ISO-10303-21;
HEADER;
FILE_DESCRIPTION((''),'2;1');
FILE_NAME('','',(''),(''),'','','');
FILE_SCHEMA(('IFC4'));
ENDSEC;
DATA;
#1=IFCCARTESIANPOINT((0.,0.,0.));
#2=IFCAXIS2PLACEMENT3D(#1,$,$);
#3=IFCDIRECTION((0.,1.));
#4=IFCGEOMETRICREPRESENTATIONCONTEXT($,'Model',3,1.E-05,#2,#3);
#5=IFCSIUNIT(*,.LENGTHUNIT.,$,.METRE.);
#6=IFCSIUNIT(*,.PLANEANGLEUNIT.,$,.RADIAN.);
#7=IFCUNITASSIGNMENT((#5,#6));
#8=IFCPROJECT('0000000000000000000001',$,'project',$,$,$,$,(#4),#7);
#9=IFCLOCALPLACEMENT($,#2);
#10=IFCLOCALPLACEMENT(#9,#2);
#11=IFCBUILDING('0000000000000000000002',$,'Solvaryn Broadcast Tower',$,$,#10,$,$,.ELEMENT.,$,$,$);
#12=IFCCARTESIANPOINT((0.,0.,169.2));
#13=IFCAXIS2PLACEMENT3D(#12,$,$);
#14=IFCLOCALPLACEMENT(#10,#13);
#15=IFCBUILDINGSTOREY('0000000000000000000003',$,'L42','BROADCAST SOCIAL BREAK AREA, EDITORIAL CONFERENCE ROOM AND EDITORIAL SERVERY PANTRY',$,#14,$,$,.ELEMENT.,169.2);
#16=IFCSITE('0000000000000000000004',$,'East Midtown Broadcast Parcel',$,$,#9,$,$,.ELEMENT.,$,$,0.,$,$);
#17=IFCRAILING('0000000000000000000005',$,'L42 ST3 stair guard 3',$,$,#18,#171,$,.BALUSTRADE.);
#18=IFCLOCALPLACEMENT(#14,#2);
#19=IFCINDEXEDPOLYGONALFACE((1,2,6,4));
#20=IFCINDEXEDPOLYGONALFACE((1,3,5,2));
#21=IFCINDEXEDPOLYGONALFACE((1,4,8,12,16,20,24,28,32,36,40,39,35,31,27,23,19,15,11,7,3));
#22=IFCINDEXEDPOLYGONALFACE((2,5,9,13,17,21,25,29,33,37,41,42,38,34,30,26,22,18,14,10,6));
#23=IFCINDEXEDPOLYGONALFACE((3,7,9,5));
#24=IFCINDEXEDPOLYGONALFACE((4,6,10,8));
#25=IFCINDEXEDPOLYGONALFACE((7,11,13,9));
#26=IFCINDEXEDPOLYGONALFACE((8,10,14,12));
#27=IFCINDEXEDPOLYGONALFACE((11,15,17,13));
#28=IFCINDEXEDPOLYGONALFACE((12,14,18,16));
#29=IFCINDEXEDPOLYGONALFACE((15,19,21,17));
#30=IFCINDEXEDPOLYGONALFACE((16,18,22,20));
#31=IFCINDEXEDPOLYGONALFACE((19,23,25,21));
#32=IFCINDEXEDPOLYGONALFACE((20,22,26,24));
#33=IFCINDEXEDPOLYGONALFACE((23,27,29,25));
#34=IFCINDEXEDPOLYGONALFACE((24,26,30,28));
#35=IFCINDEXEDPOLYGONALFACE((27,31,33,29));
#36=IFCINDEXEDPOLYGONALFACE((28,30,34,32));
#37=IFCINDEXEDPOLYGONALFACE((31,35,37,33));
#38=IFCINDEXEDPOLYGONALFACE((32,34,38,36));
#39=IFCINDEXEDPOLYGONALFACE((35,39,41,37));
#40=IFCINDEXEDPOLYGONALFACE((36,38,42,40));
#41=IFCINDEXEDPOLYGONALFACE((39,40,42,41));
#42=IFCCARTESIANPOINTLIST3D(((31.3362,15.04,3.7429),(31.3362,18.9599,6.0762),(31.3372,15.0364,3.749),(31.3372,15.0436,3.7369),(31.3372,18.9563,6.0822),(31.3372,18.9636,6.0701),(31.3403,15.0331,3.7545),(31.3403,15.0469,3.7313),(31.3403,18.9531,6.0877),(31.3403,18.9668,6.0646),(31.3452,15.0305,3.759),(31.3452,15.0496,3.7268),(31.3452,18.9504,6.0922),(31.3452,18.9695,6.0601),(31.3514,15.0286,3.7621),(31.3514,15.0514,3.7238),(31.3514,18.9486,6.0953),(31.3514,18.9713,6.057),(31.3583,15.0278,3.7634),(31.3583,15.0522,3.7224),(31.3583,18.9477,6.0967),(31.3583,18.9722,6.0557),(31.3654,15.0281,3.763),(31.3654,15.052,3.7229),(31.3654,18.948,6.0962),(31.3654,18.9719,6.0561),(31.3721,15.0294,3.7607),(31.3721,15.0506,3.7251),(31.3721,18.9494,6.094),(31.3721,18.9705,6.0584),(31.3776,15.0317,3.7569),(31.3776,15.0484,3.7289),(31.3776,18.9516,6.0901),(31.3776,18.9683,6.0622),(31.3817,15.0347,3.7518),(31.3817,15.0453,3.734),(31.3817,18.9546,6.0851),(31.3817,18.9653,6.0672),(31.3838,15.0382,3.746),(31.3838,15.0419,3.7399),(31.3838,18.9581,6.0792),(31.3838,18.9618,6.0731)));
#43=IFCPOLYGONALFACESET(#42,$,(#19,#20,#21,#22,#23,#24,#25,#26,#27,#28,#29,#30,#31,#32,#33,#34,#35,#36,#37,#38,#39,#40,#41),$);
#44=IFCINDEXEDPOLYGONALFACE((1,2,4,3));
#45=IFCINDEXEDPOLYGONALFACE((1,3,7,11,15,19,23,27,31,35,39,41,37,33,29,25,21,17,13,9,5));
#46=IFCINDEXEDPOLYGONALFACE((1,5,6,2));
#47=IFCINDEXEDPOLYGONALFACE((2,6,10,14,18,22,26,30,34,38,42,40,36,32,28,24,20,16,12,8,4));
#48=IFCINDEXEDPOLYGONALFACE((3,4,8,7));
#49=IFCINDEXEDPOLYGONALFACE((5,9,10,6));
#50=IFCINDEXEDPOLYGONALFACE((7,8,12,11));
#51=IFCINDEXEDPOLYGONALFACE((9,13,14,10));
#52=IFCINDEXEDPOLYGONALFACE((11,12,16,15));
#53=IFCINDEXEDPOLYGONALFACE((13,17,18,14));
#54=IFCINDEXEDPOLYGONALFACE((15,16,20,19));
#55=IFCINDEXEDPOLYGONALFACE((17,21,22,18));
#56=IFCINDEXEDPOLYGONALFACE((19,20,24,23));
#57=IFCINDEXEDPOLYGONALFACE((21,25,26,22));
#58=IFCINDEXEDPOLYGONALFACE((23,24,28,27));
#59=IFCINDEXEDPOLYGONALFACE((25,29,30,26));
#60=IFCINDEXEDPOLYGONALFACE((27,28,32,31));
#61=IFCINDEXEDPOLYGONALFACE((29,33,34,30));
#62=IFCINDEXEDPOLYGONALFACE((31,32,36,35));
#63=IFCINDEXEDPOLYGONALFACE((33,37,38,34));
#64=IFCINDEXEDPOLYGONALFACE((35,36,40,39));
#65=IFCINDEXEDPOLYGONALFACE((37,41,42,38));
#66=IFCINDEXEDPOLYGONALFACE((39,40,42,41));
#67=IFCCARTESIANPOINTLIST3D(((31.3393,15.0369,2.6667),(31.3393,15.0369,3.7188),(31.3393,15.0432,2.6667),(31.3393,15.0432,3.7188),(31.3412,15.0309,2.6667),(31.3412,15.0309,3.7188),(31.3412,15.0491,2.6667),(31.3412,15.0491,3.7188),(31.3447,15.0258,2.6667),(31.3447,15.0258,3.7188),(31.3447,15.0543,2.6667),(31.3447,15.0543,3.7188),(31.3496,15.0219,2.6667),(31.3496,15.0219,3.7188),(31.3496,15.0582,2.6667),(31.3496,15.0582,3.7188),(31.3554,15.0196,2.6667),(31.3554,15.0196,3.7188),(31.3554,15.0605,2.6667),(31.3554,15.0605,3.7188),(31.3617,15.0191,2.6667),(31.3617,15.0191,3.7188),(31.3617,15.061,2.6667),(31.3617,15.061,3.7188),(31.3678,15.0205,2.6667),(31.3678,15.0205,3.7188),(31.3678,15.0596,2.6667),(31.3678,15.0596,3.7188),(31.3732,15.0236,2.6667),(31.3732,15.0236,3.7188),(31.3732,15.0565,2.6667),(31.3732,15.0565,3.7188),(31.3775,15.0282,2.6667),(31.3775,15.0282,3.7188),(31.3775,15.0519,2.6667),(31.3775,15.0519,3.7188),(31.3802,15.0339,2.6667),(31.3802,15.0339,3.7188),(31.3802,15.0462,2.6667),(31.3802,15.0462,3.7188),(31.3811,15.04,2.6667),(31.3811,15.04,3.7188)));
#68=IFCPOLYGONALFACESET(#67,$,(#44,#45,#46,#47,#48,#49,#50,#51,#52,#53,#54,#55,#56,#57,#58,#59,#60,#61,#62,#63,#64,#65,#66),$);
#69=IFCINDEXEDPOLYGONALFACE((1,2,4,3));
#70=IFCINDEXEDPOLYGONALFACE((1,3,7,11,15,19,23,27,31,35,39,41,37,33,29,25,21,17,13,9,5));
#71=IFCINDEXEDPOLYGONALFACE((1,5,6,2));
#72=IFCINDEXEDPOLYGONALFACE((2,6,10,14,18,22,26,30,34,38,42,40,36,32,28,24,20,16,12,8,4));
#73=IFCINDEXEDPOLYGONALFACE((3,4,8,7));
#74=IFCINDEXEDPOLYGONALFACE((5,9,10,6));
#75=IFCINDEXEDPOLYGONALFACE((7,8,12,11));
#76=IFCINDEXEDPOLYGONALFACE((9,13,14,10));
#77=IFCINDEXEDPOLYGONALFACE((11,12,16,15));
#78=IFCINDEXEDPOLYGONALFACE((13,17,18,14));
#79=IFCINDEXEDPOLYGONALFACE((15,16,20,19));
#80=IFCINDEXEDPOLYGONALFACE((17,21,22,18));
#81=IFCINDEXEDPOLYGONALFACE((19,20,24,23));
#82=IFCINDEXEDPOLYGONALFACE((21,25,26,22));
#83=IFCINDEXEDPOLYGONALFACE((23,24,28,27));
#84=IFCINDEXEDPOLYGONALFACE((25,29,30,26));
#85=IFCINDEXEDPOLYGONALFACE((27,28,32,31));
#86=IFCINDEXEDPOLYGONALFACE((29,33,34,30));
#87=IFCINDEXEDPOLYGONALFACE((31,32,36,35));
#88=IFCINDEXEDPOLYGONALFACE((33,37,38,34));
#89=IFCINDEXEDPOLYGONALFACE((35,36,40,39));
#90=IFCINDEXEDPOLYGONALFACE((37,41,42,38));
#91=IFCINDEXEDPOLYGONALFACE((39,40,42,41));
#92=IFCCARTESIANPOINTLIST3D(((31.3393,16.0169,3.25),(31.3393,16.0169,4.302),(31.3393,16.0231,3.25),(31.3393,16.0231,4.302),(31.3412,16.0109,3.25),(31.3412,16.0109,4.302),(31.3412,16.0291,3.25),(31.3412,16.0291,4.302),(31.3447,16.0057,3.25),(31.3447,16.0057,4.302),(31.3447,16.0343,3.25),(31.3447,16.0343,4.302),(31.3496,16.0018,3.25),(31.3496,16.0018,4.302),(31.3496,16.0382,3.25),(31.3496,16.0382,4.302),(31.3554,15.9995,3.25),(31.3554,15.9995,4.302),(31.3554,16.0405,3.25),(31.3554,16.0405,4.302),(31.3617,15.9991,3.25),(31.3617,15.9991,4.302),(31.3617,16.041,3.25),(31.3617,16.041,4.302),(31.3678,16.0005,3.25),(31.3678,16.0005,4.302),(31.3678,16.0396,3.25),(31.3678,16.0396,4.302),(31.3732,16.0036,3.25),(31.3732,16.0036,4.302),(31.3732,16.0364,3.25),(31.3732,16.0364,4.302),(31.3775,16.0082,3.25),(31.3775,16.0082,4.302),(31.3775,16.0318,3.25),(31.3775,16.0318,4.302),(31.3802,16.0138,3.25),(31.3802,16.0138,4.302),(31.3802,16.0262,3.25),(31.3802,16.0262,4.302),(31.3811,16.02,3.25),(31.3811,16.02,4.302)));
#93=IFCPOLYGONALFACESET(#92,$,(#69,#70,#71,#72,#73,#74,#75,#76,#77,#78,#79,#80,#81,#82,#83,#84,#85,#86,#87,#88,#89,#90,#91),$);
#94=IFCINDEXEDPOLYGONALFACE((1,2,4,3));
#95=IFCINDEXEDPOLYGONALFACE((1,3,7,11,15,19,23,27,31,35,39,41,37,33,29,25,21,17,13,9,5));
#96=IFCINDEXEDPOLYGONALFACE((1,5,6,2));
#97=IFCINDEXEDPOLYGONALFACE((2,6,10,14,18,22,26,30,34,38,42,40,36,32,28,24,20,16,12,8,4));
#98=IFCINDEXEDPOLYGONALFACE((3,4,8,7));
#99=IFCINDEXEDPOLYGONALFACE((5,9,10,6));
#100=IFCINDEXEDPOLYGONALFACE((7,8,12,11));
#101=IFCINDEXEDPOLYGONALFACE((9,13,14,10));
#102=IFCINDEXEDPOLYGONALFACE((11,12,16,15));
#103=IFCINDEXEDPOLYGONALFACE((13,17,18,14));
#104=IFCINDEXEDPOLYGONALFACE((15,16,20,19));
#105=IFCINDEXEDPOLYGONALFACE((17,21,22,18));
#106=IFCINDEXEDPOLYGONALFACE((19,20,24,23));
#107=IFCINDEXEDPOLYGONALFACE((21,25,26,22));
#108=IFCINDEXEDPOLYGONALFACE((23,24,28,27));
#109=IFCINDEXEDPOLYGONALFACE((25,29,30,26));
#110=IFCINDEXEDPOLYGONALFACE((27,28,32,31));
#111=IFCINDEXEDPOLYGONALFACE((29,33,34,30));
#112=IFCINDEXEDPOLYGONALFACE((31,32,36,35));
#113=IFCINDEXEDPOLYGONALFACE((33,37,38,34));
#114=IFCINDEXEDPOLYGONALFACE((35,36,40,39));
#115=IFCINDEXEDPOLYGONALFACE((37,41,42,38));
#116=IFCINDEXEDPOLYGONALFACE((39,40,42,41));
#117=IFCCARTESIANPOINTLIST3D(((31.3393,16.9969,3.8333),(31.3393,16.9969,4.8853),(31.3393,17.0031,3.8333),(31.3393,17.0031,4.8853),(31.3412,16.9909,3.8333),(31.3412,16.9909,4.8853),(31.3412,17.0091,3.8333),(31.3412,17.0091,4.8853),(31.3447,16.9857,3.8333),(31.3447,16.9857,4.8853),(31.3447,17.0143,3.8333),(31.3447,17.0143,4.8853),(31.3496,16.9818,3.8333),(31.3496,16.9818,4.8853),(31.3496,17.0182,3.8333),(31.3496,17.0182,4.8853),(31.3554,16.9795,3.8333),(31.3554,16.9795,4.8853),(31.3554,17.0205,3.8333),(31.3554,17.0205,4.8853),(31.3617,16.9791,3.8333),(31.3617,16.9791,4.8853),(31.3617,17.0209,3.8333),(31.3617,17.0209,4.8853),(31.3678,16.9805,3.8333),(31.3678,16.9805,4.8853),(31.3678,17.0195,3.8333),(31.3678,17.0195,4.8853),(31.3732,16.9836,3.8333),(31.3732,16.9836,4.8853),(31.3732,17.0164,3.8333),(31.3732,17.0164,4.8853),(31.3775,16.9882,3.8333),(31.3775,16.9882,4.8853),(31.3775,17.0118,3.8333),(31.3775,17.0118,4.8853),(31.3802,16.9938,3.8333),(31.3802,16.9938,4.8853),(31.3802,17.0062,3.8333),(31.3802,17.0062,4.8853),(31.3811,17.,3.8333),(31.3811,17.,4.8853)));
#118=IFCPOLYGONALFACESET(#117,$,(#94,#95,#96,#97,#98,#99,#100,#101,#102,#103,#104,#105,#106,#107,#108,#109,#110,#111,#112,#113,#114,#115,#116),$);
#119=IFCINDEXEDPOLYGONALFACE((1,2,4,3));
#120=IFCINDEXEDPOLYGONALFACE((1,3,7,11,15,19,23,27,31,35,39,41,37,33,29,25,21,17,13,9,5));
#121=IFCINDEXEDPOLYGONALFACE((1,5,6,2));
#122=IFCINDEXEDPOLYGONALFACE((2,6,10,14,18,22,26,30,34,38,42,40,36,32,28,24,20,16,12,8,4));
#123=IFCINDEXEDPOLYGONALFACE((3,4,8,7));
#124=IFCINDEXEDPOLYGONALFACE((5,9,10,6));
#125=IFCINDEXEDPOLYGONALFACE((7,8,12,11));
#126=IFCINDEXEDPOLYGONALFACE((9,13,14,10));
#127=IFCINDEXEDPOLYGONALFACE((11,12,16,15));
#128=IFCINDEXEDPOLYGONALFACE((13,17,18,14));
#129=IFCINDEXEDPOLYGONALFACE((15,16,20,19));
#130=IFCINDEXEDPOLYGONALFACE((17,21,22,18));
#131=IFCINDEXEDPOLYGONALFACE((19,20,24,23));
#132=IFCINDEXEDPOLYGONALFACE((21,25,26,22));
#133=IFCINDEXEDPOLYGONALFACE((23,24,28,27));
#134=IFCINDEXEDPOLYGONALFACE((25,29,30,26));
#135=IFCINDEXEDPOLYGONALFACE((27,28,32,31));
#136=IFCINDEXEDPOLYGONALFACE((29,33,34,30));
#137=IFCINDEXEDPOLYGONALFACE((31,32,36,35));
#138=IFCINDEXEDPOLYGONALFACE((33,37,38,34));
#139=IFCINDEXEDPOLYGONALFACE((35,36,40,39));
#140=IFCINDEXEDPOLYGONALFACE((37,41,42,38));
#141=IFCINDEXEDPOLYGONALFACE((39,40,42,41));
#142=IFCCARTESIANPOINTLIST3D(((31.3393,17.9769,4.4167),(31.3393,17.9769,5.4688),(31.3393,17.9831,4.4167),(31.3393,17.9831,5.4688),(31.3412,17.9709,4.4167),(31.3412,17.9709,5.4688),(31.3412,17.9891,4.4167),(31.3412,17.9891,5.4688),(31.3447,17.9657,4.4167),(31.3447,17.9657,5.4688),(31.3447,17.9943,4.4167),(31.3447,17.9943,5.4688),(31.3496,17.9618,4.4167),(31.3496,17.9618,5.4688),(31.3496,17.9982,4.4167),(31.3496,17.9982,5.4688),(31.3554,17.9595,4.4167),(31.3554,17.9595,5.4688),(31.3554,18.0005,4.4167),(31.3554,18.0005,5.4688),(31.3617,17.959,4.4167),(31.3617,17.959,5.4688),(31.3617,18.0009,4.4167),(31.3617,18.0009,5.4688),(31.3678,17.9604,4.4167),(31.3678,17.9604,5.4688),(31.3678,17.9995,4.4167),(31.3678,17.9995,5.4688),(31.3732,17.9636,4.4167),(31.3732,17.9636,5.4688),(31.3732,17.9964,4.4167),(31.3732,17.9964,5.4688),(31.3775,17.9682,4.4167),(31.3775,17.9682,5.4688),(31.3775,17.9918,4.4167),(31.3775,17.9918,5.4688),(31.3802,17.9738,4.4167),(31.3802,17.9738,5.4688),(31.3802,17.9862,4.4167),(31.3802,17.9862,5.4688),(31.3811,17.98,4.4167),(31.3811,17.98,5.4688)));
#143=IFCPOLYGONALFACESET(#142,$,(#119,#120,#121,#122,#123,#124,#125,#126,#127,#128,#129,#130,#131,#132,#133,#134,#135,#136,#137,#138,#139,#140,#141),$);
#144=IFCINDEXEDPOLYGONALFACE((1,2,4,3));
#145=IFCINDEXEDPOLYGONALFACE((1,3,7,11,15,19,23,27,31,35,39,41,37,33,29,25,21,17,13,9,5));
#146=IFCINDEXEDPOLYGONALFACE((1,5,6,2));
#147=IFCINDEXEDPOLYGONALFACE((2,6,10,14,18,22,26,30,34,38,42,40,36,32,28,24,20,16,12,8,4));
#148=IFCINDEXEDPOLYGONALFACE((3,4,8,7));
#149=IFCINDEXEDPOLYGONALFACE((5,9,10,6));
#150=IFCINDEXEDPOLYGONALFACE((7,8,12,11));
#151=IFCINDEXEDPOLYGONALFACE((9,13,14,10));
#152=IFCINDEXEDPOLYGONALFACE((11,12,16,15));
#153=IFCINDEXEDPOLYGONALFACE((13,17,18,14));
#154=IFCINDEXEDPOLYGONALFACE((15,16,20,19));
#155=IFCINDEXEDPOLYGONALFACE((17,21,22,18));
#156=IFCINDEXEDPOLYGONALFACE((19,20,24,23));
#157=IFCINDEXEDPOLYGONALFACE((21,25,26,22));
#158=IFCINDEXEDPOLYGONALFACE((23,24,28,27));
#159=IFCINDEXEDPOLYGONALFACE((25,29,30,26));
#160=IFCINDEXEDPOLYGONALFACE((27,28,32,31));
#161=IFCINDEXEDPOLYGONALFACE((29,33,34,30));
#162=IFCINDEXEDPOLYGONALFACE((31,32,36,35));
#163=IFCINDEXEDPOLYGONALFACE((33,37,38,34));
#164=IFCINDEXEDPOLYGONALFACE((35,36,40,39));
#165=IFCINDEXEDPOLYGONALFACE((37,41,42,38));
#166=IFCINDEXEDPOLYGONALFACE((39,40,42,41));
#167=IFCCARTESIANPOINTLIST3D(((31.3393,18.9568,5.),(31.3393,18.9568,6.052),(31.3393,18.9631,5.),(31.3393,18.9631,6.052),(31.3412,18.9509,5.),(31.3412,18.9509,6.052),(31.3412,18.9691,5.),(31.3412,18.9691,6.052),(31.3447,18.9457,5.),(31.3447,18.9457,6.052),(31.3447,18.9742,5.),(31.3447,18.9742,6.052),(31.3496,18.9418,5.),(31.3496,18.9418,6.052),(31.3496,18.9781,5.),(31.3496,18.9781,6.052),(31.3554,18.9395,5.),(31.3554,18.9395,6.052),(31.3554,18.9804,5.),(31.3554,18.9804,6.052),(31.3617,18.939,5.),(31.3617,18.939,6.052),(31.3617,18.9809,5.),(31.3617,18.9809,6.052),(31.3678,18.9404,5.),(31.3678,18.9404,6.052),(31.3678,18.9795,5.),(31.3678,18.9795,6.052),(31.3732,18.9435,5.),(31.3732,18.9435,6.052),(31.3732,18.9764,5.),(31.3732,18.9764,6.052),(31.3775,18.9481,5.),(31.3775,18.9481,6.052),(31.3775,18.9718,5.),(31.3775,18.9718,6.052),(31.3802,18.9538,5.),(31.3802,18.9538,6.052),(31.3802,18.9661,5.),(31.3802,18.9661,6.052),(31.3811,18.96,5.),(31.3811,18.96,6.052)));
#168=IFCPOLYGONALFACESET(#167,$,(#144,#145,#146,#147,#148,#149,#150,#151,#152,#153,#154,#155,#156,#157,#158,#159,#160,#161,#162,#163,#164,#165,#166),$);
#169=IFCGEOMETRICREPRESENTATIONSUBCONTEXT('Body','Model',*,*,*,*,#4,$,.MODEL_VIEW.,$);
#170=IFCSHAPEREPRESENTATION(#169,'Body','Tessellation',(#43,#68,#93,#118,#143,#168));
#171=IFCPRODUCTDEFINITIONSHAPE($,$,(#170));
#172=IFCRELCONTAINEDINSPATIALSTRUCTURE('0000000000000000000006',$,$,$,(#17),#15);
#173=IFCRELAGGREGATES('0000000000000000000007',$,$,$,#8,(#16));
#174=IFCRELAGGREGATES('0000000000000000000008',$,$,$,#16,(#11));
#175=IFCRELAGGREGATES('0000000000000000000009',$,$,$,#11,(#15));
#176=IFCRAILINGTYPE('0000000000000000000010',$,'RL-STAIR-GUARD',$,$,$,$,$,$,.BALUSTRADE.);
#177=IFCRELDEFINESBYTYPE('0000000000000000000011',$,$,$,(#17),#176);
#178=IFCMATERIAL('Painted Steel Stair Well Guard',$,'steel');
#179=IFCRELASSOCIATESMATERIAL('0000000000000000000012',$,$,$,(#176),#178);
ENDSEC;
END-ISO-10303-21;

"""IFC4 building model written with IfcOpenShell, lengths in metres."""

from ifc_helpers import new_model, si_unit, direction, frame, origin, origin_2d, place, context, subcontext, project, spatial, circle, extrude, material, type_object, element, save


model = new_model("IFC4")

# Units and contexts
model_context = context("Model", 3, precision=1e-05, world=origin(), true_north=direction((0.0, 1.0)))
body_context = subcontext(model_context, "Body", "Model", "MODEL_VIEW")
ifc_project = project(units=[si_unit("LENGTHUNIT", "METRE"), si_unit("PLANEANGLEUNIT", "RADIAN")], contexts=[model_context])

# Site, building, storey
site_placement = place(None, origin())
site = spatial("IfcSite", under=ifc_project, at=site_placement, Name="East Midtown Broadcast Parcel", CompositionType="ELEMENT", RefElevation=0.0)
building_placement = place(site_placement, origin())
building = spatial("IfcBuilding", under=site, at=building_placement, Name="Solvaryn Broadcast Tower", CompositionType="ELEMENT")
storey_placement = place(building_placement, frame((0.0, 0.0, 169.2)))
storey = spatial("IfcBuildingStorey", under=building, at=storey_placement, Name="L42", Description="BROADCAST SOCIAL BREAK AREA, EDITORIAL CONFERENCE ROOM AND EDITORIAL SERVERY PANTRY", CompositionType="ELEMENT", Elevation=169.2)

# Railing
ifc_material_1 = material(Name="Painted Steel Stair Well Guard", Category="steel")
railing_type_1 = type_object("IfcRailingType", Name="RL-STAIR-GUARD", PredefinedType="BALUSTRADE", material=ifc_material_1)
railing_1_placement = place(storey_placement, frame((31.3601, 15.04, 2.6667)))
element("IfcRailing", 1, at=railing_1_placement, inside=storey, type_object=railing_type_1, Name="L42 ST3 stair guard 3", PredefinedType="BALUSTRADE", context=body_context, shape_type="SweptSolid", body=[
    extrude(circle(Radius=0.0239, at=origin_2d()), frame((0.0, 0.0, 1.0762), z_axis=(0.0, 0.859296, 0.511478), x_axis=(-1.0, 0.0, 0.0)), (0.0, 0.0, 1.0), 4.5618),
    extrude(circle(Radius=0.021, at=origin_2d()), origin(), (0.0, 0.0, 1.0), 1.052),
    extrude(circle(Radius=0.021, at=origin_2d()), frame((0.0, 0.98, 0.5833)), (0.0, 0.0, 1.0), 1.052),
    extrude(circle(Radius=0.021, at=origin_2d()), frame((0.0, 1.96, 1.1665)), (0.0, 0.0, 1.0), 1.052),
    extrude(circle(Radius=0.021, at=origin_2d()), frame((0.0, 2.9399, 1.75)), (0.0, 0.0, 1.0), 1.052),
    extrude(circle(Radius=0.021, at=origin_2d()), frame((0.0, 3.9199, 2.3333)), (0.0, 0.0, 1.0), 1.052),
])

save(model, "model.ifc")
